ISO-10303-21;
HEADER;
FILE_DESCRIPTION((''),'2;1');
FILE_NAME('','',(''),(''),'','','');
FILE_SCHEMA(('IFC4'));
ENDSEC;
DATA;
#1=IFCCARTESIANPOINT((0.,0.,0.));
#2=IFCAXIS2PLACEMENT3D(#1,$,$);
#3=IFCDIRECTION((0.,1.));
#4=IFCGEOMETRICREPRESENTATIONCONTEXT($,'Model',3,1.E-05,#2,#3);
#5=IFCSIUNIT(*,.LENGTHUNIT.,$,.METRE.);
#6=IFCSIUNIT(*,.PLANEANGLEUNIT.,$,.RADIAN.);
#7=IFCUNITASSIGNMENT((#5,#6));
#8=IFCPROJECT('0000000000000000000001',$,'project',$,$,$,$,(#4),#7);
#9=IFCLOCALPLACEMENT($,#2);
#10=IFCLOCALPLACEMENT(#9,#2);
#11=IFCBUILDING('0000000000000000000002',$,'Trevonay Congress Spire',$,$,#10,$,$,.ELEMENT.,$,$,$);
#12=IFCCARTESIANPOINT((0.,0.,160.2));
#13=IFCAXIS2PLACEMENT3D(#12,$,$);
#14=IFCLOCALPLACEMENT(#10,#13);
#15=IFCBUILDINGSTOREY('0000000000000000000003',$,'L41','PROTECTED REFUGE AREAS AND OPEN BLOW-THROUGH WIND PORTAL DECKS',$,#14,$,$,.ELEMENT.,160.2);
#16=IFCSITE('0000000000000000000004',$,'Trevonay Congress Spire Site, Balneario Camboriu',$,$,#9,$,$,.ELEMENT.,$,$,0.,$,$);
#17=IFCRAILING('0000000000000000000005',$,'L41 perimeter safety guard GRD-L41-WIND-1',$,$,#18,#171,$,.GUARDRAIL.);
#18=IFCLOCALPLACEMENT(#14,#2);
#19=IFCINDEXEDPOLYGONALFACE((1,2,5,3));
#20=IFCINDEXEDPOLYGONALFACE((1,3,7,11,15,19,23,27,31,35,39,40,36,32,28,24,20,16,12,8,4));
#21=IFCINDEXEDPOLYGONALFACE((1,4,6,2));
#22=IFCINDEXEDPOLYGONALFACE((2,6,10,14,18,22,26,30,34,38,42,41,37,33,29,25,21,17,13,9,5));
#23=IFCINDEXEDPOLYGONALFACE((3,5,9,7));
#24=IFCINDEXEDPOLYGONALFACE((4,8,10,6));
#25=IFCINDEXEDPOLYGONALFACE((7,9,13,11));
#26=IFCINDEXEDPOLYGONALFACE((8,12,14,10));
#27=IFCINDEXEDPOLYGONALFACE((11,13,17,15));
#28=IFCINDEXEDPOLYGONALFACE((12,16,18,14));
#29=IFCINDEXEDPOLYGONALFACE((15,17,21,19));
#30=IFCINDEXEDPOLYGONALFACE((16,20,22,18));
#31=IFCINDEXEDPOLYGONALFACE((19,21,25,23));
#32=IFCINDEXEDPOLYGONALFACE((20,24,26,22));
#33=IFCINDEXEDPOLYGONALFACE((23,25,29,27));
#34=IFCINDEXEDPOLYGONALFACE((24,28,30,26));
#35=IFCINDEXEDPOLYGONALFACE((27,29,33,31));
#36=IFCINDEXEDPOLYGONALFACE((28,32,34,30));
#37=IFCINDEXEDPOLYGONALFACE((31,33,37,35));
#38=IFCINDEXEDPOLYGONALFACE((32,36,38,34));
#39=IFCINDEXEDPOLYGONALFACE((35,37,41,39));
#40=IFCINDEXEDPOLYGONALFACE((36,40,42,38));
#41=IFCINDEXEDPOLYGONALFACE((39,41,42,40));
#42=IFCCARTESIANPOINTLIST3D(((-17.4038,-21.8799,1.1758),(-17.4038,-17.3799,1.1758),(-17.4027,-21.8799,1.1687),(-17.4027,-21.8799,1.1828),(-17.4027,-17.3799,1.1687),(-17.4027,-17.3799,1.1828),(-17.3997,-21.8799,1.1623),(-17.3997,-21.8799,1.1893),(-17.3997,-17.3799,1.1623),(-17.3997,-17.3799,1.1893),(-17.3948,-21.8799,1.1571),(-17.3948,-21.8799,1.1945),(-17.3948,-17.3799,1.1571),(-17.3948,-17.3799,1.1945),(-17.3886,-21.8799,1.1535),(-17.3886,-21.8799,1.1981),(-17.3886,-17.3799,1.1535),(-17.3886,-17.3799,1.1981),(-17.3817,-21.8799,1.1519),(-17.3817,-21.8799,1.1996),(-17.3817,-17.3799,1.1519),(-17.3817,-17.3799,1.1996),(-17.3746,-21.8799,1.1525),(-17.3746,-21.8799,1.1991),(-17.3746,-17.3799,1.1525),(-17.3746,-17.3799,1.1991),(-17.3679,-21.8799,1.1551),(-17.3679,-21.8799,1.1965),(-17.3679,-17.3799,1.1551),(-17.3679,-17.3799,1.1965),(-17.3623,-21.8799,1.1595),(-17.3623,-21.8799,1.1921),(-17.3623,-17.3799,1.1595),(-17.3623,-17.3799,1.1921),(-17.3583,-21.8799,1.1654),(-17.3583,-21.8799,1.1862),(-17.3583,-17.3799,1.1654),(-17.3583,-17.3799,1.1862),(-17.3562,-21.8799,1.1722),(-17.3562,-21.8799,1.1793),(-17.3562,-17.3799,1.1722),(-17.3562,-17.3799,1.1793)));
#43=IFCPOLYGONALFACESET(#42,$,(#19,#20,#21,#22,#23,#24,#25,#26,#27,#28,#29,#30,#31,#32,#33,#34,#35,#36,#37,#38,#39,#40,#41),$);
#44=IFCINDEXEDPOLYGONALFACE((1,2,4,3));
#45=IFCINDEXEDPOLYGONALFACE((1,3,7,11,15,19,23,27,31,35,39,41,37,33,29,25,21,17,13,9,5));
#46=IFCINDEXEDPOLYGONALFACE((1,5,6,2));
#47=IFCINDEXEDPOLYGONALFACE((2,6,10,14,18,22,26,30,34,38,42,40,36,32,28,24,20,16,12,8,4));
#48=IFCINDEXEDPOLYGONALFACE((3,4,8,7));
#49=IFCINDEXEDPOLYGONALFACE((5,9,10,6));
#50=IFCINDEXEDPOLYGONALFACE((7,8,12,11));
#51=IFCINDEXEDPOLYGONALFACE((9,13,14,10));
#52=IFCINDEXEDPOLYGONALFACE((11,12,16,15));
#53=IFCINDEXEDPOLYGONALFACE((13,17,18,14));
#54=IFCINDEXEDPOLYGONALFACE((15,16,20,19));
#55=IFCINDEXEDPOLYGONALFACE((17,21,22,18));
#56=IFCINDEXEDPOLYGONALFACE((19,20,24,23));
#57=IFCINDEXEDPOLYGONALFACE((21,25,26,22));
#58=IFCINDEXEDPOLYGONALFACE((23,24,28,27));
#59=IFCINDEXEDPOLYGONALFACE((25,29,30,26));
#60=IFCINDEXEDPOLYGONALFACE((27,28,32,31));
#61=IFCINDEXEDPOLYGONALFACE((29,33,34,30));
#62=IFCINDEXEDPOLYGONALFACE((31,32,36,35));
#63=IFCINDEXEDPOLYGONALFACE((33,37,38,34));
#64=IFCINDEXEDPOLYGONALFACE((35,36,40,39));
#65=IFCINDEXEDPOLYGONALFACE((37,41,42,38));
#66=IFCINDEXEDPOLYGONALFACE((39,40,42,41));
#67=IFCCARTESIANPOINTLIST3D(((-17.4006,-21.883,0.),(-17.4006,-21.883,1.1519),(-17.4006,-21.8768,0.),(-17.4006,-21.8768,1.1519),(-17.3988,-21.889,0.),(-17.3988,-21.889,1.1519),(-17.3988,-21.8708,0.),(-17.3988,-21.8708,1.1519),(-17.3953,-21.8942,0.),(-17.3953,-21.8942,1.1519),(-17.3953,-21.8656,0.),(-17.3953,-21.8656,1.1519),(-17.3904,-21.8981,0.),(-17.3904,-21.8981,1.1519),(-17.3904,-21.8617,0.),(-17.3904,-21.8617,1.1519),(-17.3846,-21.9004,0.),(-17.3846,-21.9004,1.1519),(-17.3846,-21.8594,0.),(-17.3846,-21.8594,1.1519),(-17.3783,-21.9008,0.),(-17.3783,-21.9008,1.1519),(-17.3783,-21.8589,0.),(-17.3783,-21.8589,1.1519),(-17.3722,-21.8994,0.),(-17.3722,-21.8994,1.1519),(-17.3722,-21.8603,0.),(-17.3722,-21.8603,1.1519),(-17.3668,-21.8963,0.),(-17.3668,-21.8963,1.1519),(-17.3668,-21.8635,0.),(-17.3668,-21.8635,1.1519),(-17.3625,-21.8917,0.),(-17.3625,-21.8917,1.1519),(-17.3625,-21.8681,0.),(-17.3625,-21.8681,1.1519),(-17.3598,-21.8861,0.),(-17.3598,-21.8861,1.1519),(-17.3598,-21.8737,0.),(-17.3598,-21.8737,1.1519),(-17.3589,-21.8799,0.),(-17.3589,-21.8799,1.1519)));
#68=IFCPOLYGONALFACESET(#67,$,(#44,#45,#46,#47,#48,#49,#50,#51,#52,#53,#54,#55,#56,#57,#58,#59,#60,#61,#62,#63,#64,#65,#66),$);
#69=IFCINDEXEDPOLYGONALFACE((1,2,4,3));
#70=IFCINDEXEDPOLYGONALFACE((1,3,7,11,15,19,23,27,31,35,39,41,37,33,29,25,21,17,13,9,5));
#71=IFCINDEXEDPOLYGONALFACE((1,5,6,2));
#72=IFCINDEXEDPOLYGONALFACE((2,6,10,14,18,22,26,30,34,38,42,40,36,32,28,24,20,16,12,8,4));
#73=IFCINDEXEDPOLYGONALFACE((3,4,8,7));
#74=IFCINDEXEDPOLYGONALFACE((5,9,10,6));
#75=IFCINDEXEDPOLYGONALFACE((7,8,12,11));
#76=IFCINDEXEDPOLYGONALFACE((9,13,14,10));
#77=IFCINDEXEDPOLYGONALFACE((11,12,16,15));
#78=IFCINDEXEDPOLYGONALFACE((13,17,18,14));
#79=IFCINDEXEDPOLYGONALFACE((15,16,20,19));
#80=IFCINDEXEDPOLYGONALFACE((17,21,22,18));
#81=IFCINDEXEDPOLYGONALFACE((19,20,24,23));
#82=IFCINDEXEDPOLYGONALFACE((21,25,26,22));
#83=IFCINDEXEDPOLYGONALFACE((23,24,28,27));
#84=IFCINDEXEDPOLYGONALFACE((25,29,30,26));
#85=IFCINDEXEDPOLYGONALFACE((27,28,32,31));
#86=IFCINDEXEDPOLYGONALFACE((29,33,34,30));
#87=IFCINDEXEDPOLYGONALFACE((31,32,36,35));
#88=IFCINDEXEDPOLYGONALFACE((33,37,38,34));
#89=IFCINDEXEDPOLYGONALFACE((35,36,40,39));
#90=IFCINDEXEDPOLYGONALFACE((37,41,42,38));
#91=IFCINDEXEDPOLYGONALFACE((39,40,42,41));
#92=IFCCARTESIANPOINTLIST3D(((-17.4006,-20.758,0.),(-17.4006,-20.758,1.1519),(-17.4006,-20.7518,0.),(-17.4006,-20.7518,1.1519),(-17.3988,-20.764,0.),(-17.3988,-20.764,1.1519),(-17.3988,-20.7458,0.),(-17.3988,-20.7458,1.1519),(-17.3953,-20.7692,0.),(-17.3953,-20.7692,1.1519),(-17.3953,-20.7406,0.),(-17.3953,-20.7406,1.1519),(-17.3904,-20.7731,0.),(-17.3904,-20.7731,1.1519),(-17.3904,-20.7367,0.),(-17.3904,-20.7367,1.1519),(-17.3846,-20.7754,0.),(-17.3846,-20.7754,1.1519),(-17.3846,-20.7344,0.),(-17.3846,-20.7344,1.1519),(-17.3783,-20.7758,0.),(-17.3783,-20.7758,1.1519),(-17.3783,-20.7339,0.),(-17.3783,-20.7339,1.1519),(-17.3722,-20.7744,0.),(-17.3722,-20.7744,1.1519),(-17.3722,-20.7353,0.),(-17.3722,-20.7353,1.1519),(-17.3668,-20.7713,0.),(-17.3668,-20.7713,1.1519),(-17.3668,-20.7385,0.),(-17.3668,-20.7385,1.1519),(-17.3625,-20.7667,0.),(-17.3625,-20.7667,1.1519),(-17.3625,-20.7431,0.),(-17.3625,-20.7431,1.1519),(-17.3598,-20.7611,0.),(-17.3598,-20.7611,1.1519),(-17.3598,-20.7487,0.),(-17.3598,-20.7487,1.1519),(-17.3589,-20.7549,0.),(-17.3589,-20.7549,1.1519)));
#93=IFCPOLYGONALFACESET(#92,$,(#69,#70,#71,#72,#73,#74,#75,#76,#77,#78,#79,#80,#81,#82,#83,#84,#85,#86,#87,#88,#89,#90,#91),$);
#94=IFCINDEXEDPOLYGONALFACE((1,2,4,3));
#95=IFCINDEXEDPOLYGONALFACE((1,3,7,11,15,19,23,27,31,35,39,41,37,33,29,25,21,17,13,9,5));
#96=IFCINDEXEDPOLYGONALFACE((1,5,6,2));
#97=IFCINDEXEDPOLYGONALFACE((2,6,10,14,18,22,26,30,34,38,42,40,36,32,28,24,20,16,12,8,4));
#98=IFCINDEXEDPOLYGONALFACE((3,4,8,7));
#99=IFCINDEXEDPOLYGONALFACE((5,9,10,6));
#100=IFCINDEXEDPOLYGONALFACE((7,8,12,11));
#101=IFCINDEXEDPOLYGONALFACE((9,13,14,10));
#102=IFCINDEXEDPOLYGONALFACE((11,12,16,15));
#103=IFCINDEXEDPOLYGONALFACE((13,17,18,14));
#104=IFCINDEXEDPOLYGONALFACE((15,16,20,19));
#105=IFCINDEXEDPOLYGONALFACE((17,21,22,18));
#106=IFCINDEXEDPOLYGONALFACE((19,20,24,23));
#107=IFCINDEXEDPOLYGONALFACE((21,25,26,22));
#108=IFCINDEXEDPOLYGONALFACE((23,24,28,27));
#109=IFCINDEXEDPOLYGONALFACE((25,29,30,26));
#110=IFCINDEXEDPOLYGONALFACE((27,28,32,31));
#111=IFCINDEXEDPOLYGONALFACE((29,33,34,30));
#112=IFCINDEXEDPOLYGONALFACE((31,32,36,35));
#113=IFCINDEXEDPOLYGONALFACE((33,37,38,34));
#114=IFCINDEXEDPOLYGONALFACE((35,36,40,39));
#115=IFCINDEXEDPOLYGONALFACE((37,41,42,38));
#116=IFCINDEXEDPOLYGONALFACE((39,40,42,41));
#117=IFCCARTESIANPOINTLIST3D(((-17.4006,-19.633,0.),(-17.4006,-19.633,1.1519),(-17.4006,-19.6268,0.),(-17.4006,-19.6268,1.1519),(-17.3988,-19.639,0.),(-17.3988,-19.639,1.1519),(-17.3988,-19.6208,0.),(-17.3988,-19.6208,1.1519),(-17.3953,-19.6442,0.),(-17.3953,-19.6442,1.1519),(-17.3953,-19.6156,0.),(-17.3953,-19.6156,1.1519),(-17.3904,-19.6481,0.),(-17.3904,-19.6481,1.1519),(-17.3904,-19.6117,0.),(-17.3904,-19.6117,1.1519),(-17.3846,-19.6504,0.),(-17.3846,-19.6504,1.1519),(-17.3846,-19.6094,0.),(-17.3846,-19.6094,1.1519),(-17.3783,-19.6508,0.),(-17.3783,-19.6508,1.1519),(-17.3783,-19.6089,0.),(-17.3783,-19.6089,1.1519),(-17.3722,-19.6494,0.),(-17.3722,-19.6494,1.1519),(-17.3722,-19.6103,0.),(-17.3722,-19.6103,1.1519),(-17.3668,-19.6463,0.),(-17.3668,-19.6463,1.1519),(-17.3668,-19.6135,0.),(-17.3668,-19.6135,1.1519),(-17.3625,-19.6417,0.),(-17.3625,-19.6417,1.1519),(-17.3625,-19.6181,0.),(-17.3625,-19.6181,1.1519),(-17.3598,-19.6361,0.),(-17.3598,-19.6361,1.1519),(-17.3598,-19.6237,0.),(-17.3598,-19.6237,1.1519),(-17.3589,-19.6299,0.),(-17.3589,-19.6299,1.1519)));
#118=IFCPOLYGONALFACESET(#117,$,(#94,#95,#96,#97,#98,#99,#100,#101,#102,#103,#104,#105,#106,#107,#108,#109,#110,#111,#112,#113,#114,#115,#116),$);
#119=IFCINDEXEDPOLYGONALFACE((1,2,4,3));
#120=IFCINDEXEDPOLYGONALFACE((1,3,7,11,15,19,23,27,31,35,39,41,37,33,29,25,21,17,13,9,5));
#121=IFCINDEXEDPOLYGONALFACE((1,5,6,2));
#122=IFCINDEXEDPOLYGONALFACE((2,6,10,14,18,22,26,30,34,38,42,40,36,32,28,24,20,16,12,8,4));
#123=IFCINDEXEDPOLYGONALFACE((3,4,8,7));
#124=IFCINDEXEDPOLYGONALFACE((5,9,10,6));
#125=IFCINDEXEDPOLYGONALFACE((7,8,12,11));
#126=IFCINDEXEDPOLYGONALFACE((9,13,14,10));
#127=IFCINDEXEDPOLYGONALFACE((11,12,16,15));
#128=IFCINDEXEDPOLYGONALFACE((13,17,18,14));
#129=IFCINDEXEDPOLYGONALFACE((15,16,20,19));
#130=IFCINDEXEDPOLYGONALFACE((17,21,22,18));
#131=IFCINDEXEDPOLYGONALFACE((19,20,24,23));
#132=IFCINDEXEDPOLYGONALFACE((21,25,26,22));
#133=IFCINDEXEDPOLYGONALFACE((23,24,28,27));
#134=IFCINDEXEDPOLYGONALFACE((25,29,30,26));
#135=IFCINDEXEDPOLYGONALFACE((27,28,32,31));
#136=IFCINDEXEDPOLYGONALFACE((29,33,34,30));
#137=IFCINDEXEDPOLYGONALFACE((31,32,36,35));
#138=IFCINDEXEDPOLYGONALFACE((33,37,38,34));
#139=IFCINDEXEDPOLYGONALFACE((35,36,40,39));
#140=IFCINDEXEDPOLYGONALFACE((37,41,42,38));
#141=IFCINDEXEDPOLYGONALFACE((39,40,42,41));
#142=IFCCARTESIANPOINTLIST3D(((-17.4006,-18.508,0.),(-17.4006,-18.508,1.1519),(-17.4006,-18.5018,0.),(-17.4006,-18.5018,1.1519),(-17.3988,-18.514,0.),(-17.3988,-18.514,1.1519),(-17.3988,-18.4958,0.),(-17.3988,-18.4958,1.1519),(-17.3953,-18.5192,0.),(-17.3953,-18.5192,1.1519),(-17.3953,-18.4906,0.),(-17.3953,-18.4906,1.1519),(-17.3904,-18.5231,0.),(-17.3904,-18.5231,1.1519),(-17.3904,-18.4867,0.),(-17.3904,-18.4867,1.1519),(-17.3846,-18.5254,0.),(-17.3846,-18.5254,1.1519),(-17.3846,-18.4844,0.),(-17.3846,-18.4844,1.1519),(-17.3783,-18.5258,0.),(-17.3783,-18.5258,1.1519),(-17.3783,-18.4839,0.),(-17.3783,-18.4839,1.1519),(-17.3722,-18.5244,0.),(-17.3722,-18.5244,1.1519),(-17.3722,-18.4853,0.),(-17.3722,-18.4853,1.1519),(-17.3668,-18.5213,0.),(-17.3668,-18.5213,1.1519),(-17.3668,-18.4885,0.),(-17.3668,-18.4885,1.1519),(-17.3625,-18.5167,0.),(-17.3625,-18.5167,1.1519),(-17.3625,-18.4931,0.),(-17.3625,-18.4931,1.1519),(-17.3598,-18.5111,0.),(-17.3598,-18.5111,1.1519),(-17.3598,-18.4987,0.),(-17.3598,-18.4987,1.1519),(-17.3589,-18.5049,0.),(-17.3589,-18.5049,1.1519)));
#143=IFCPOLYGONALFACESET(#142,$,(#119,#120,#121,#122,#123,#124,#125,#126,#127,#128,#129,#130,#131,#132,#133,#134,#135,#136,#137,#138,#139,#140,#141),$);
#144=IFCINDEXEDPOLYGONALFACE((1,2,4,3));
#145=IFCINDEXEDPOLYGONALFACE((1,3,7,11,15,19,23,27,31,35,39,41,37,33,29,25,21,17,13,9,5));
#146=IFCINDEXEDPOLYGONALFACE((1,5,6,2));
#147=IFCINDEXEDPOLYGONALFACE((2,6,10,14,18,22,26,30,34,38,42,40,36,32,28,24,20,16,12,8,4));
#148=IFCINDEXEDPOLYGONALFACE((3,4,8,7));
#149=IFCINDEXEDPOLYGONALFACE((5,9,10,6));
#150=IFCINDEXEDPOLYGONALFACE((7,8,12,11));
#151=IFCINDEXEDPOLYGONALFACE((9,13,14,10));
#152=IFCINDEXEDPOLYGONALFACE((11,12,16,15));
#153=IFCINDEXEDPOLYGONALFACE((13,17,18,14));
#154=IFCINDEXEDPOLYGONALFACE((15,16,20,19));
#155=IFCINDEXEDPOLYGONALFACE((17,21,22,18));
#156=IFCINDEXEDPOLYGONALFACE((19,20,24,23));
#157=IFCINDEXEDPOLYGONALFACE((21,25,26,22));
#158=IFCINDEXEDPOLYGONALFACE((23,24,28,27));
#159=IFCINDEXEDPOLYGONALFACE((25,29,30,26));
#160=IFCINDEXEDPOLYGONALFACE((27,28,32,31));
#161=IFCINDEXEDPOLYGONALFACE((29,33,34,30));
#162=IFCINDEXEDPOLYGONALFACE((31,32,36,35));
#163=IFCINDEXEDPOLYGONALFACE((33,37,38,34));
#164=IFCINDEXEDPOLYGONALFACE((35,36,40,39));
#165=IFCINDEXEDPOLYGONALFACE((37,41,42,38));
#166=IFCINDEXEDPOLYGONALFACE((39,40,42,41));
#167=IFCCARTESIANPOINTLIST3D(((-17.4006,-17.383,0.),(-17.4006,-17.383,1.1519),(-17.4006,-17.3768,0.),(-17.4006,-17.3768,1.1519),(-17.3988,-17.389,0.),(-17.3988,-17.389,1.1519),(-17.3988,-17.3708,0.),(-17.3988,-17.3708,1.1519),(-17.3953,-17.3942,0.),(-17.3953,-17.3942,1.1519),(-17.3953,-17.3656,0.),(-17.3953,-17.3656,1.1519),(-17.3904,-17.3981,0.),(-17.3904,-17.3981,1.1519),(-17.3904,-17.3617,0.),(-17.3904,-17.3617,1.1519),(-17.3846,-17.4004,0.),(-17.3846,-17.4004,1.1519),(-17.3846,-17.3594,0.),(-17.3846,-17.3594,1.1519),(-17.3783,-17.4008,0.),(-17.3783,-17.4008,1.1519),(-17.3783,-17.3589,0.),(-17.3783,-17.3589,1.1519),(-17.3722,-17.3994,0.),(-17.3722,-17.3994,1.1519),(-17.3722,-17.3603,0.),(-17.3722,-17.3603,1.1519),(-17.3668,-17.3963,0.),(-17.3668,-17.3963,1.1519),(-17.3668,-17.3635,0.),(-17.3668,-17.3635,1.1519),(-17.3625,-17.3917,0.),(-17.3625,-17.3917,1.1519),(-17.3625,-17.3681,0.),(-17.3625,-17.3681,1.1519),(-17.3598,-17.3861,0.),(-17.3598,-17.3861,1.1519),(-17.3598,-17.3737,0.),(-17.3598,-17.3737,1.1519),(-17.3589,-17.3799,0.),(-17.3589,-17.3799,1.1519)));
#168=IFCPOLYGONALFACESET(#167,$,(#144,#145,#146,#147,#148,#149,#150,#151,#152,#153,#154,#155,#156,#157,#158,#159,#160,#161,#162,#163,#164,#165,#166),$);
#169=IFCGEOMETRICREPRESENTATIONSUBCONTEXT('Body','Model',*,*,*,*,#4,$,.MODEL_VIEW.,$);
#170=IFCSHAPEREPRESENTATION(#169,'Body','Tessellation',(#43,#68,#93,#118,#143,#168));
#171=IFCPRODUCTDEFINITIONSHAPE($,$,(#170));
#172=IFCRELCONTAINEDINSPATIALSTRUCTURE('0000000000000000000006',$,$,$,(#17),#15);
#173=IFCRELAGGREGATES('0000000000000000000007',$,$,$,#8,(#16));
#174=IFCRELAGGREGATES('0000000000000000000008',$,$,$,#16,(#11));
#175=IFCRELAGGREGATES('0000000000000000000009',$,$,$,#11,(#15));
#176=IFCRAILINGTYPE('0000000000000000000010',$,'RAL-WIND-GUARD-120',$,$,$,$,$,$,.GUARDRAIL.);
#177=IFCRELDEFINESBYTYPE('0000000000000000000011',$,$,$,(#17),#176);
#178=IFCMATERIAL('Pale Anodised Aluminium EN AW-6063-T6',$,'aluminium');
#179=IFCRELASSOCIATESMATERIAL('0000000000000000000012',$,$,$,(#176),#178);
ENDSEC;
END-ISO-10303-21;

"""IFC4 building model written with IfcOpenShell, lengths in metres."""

from ifc_helpers import new_model, si_unit, direction, frame, origin, origin_2d, place, context, subcontext, project, spatial, circle, extrude, material, type_object, element, save


model = new_model("IFC4")

# Units and contexts
model_context = context("Model", 3, precision=1e-05, world=origin(), true_north=direction((0.0, 1.0)))
body_context = subcontext(model_context, "Body", "Model", "MODEL_VIEW")
ifc_project = project(units=[si_unit("LENGTHUNIT", "METRE"), si_unit("PLANEANGLEUNIT", "RADIAN")], contexts=[model_context])

# Site, building, storey
site_placement = place(None, origin())
site = spatial("IfcSite", under=ifc_project, at=site_placement, Name="Trevonay Congress Spire Site, Balneario Camboriu", CompositionType="ELEMENT", RefElevation=0.0)
building_placement = place(site_placement, origin())
building = spatial("IfcBuilding", under=site, at=building_placement, Name="Trevonay Congress Spire", CompositionType="ELEMENT")
storey_placement = place(building_placement, frame((0.0, 0.0, 160.2)))
storey = spatial("IfcBuildingStorey", under=building, at=storey_placement, Name="L41", Description="PROTECTED REFUGE AREAS AND OPEN BLOW-THROUGH WIND PORTAL DECKS", CompositionType="ELEMENT", Elevation=160.2)

# Railing
ifc_material_1 = material(Name="Pale Anodised Aluminium EN AW-6063-T6", Category="aluminium")
railing_type = type_object("IfcRailingType", Name="RAL-WIND-GUARD-120", PredefinedType="GUARDRAIL", material=ifc_material_1)
railing_1_placement = place(storey_placement, frame((-17.3799, -21.8799, 0.0)))
element("IfcRailing", 1, at=railing_1_placement, inside=storey, type_object=railing_type, Name="L41 perimeter safety guard GRD-L41-WIND-1", PredefinedType="GUARDRAIL", context=body_context, shape_type="SweptSolid", body=[
    extrude(circle(Radius=0.0239, at=origin_2d()), frame((0.0, 0.0, 1.1758), z_axis=(0.0, 1.0, 0.0), x_axis=(-1.0, 0.0, 0.0)), (0.0, 0.0, 1.0), 4.5),
    extrude(circle(Radius=0.021, at=origin_2d()), origin(), (0.0, 0.0, 1.0), 1.1519),
    extrude(circle(Radius=0.021, at=origin_2d()), frame((0.0, 1.125, 0.0)), (0.0, 0.0, 1.0), 1.1519),
    extrude(circle(Radius=0.021, at=origin_2d()), frame((0.0, 2.25, 0.0)), (0.0, 0.0, 1.0), 1.1519),
    extrude(circle(Radius=0.021, at=origin_2d()), frame((0.0, 3.375, 0.0)), (0.0, 0.0, 1.0), 1.1519),
    extrude(circle(Radius=0.021, at=origin_2d()), frame((0.0, 4.5, 0.0)), (0.0, 0.0, 1.0), 1.1519),
])

save(model, "model.ifc")
